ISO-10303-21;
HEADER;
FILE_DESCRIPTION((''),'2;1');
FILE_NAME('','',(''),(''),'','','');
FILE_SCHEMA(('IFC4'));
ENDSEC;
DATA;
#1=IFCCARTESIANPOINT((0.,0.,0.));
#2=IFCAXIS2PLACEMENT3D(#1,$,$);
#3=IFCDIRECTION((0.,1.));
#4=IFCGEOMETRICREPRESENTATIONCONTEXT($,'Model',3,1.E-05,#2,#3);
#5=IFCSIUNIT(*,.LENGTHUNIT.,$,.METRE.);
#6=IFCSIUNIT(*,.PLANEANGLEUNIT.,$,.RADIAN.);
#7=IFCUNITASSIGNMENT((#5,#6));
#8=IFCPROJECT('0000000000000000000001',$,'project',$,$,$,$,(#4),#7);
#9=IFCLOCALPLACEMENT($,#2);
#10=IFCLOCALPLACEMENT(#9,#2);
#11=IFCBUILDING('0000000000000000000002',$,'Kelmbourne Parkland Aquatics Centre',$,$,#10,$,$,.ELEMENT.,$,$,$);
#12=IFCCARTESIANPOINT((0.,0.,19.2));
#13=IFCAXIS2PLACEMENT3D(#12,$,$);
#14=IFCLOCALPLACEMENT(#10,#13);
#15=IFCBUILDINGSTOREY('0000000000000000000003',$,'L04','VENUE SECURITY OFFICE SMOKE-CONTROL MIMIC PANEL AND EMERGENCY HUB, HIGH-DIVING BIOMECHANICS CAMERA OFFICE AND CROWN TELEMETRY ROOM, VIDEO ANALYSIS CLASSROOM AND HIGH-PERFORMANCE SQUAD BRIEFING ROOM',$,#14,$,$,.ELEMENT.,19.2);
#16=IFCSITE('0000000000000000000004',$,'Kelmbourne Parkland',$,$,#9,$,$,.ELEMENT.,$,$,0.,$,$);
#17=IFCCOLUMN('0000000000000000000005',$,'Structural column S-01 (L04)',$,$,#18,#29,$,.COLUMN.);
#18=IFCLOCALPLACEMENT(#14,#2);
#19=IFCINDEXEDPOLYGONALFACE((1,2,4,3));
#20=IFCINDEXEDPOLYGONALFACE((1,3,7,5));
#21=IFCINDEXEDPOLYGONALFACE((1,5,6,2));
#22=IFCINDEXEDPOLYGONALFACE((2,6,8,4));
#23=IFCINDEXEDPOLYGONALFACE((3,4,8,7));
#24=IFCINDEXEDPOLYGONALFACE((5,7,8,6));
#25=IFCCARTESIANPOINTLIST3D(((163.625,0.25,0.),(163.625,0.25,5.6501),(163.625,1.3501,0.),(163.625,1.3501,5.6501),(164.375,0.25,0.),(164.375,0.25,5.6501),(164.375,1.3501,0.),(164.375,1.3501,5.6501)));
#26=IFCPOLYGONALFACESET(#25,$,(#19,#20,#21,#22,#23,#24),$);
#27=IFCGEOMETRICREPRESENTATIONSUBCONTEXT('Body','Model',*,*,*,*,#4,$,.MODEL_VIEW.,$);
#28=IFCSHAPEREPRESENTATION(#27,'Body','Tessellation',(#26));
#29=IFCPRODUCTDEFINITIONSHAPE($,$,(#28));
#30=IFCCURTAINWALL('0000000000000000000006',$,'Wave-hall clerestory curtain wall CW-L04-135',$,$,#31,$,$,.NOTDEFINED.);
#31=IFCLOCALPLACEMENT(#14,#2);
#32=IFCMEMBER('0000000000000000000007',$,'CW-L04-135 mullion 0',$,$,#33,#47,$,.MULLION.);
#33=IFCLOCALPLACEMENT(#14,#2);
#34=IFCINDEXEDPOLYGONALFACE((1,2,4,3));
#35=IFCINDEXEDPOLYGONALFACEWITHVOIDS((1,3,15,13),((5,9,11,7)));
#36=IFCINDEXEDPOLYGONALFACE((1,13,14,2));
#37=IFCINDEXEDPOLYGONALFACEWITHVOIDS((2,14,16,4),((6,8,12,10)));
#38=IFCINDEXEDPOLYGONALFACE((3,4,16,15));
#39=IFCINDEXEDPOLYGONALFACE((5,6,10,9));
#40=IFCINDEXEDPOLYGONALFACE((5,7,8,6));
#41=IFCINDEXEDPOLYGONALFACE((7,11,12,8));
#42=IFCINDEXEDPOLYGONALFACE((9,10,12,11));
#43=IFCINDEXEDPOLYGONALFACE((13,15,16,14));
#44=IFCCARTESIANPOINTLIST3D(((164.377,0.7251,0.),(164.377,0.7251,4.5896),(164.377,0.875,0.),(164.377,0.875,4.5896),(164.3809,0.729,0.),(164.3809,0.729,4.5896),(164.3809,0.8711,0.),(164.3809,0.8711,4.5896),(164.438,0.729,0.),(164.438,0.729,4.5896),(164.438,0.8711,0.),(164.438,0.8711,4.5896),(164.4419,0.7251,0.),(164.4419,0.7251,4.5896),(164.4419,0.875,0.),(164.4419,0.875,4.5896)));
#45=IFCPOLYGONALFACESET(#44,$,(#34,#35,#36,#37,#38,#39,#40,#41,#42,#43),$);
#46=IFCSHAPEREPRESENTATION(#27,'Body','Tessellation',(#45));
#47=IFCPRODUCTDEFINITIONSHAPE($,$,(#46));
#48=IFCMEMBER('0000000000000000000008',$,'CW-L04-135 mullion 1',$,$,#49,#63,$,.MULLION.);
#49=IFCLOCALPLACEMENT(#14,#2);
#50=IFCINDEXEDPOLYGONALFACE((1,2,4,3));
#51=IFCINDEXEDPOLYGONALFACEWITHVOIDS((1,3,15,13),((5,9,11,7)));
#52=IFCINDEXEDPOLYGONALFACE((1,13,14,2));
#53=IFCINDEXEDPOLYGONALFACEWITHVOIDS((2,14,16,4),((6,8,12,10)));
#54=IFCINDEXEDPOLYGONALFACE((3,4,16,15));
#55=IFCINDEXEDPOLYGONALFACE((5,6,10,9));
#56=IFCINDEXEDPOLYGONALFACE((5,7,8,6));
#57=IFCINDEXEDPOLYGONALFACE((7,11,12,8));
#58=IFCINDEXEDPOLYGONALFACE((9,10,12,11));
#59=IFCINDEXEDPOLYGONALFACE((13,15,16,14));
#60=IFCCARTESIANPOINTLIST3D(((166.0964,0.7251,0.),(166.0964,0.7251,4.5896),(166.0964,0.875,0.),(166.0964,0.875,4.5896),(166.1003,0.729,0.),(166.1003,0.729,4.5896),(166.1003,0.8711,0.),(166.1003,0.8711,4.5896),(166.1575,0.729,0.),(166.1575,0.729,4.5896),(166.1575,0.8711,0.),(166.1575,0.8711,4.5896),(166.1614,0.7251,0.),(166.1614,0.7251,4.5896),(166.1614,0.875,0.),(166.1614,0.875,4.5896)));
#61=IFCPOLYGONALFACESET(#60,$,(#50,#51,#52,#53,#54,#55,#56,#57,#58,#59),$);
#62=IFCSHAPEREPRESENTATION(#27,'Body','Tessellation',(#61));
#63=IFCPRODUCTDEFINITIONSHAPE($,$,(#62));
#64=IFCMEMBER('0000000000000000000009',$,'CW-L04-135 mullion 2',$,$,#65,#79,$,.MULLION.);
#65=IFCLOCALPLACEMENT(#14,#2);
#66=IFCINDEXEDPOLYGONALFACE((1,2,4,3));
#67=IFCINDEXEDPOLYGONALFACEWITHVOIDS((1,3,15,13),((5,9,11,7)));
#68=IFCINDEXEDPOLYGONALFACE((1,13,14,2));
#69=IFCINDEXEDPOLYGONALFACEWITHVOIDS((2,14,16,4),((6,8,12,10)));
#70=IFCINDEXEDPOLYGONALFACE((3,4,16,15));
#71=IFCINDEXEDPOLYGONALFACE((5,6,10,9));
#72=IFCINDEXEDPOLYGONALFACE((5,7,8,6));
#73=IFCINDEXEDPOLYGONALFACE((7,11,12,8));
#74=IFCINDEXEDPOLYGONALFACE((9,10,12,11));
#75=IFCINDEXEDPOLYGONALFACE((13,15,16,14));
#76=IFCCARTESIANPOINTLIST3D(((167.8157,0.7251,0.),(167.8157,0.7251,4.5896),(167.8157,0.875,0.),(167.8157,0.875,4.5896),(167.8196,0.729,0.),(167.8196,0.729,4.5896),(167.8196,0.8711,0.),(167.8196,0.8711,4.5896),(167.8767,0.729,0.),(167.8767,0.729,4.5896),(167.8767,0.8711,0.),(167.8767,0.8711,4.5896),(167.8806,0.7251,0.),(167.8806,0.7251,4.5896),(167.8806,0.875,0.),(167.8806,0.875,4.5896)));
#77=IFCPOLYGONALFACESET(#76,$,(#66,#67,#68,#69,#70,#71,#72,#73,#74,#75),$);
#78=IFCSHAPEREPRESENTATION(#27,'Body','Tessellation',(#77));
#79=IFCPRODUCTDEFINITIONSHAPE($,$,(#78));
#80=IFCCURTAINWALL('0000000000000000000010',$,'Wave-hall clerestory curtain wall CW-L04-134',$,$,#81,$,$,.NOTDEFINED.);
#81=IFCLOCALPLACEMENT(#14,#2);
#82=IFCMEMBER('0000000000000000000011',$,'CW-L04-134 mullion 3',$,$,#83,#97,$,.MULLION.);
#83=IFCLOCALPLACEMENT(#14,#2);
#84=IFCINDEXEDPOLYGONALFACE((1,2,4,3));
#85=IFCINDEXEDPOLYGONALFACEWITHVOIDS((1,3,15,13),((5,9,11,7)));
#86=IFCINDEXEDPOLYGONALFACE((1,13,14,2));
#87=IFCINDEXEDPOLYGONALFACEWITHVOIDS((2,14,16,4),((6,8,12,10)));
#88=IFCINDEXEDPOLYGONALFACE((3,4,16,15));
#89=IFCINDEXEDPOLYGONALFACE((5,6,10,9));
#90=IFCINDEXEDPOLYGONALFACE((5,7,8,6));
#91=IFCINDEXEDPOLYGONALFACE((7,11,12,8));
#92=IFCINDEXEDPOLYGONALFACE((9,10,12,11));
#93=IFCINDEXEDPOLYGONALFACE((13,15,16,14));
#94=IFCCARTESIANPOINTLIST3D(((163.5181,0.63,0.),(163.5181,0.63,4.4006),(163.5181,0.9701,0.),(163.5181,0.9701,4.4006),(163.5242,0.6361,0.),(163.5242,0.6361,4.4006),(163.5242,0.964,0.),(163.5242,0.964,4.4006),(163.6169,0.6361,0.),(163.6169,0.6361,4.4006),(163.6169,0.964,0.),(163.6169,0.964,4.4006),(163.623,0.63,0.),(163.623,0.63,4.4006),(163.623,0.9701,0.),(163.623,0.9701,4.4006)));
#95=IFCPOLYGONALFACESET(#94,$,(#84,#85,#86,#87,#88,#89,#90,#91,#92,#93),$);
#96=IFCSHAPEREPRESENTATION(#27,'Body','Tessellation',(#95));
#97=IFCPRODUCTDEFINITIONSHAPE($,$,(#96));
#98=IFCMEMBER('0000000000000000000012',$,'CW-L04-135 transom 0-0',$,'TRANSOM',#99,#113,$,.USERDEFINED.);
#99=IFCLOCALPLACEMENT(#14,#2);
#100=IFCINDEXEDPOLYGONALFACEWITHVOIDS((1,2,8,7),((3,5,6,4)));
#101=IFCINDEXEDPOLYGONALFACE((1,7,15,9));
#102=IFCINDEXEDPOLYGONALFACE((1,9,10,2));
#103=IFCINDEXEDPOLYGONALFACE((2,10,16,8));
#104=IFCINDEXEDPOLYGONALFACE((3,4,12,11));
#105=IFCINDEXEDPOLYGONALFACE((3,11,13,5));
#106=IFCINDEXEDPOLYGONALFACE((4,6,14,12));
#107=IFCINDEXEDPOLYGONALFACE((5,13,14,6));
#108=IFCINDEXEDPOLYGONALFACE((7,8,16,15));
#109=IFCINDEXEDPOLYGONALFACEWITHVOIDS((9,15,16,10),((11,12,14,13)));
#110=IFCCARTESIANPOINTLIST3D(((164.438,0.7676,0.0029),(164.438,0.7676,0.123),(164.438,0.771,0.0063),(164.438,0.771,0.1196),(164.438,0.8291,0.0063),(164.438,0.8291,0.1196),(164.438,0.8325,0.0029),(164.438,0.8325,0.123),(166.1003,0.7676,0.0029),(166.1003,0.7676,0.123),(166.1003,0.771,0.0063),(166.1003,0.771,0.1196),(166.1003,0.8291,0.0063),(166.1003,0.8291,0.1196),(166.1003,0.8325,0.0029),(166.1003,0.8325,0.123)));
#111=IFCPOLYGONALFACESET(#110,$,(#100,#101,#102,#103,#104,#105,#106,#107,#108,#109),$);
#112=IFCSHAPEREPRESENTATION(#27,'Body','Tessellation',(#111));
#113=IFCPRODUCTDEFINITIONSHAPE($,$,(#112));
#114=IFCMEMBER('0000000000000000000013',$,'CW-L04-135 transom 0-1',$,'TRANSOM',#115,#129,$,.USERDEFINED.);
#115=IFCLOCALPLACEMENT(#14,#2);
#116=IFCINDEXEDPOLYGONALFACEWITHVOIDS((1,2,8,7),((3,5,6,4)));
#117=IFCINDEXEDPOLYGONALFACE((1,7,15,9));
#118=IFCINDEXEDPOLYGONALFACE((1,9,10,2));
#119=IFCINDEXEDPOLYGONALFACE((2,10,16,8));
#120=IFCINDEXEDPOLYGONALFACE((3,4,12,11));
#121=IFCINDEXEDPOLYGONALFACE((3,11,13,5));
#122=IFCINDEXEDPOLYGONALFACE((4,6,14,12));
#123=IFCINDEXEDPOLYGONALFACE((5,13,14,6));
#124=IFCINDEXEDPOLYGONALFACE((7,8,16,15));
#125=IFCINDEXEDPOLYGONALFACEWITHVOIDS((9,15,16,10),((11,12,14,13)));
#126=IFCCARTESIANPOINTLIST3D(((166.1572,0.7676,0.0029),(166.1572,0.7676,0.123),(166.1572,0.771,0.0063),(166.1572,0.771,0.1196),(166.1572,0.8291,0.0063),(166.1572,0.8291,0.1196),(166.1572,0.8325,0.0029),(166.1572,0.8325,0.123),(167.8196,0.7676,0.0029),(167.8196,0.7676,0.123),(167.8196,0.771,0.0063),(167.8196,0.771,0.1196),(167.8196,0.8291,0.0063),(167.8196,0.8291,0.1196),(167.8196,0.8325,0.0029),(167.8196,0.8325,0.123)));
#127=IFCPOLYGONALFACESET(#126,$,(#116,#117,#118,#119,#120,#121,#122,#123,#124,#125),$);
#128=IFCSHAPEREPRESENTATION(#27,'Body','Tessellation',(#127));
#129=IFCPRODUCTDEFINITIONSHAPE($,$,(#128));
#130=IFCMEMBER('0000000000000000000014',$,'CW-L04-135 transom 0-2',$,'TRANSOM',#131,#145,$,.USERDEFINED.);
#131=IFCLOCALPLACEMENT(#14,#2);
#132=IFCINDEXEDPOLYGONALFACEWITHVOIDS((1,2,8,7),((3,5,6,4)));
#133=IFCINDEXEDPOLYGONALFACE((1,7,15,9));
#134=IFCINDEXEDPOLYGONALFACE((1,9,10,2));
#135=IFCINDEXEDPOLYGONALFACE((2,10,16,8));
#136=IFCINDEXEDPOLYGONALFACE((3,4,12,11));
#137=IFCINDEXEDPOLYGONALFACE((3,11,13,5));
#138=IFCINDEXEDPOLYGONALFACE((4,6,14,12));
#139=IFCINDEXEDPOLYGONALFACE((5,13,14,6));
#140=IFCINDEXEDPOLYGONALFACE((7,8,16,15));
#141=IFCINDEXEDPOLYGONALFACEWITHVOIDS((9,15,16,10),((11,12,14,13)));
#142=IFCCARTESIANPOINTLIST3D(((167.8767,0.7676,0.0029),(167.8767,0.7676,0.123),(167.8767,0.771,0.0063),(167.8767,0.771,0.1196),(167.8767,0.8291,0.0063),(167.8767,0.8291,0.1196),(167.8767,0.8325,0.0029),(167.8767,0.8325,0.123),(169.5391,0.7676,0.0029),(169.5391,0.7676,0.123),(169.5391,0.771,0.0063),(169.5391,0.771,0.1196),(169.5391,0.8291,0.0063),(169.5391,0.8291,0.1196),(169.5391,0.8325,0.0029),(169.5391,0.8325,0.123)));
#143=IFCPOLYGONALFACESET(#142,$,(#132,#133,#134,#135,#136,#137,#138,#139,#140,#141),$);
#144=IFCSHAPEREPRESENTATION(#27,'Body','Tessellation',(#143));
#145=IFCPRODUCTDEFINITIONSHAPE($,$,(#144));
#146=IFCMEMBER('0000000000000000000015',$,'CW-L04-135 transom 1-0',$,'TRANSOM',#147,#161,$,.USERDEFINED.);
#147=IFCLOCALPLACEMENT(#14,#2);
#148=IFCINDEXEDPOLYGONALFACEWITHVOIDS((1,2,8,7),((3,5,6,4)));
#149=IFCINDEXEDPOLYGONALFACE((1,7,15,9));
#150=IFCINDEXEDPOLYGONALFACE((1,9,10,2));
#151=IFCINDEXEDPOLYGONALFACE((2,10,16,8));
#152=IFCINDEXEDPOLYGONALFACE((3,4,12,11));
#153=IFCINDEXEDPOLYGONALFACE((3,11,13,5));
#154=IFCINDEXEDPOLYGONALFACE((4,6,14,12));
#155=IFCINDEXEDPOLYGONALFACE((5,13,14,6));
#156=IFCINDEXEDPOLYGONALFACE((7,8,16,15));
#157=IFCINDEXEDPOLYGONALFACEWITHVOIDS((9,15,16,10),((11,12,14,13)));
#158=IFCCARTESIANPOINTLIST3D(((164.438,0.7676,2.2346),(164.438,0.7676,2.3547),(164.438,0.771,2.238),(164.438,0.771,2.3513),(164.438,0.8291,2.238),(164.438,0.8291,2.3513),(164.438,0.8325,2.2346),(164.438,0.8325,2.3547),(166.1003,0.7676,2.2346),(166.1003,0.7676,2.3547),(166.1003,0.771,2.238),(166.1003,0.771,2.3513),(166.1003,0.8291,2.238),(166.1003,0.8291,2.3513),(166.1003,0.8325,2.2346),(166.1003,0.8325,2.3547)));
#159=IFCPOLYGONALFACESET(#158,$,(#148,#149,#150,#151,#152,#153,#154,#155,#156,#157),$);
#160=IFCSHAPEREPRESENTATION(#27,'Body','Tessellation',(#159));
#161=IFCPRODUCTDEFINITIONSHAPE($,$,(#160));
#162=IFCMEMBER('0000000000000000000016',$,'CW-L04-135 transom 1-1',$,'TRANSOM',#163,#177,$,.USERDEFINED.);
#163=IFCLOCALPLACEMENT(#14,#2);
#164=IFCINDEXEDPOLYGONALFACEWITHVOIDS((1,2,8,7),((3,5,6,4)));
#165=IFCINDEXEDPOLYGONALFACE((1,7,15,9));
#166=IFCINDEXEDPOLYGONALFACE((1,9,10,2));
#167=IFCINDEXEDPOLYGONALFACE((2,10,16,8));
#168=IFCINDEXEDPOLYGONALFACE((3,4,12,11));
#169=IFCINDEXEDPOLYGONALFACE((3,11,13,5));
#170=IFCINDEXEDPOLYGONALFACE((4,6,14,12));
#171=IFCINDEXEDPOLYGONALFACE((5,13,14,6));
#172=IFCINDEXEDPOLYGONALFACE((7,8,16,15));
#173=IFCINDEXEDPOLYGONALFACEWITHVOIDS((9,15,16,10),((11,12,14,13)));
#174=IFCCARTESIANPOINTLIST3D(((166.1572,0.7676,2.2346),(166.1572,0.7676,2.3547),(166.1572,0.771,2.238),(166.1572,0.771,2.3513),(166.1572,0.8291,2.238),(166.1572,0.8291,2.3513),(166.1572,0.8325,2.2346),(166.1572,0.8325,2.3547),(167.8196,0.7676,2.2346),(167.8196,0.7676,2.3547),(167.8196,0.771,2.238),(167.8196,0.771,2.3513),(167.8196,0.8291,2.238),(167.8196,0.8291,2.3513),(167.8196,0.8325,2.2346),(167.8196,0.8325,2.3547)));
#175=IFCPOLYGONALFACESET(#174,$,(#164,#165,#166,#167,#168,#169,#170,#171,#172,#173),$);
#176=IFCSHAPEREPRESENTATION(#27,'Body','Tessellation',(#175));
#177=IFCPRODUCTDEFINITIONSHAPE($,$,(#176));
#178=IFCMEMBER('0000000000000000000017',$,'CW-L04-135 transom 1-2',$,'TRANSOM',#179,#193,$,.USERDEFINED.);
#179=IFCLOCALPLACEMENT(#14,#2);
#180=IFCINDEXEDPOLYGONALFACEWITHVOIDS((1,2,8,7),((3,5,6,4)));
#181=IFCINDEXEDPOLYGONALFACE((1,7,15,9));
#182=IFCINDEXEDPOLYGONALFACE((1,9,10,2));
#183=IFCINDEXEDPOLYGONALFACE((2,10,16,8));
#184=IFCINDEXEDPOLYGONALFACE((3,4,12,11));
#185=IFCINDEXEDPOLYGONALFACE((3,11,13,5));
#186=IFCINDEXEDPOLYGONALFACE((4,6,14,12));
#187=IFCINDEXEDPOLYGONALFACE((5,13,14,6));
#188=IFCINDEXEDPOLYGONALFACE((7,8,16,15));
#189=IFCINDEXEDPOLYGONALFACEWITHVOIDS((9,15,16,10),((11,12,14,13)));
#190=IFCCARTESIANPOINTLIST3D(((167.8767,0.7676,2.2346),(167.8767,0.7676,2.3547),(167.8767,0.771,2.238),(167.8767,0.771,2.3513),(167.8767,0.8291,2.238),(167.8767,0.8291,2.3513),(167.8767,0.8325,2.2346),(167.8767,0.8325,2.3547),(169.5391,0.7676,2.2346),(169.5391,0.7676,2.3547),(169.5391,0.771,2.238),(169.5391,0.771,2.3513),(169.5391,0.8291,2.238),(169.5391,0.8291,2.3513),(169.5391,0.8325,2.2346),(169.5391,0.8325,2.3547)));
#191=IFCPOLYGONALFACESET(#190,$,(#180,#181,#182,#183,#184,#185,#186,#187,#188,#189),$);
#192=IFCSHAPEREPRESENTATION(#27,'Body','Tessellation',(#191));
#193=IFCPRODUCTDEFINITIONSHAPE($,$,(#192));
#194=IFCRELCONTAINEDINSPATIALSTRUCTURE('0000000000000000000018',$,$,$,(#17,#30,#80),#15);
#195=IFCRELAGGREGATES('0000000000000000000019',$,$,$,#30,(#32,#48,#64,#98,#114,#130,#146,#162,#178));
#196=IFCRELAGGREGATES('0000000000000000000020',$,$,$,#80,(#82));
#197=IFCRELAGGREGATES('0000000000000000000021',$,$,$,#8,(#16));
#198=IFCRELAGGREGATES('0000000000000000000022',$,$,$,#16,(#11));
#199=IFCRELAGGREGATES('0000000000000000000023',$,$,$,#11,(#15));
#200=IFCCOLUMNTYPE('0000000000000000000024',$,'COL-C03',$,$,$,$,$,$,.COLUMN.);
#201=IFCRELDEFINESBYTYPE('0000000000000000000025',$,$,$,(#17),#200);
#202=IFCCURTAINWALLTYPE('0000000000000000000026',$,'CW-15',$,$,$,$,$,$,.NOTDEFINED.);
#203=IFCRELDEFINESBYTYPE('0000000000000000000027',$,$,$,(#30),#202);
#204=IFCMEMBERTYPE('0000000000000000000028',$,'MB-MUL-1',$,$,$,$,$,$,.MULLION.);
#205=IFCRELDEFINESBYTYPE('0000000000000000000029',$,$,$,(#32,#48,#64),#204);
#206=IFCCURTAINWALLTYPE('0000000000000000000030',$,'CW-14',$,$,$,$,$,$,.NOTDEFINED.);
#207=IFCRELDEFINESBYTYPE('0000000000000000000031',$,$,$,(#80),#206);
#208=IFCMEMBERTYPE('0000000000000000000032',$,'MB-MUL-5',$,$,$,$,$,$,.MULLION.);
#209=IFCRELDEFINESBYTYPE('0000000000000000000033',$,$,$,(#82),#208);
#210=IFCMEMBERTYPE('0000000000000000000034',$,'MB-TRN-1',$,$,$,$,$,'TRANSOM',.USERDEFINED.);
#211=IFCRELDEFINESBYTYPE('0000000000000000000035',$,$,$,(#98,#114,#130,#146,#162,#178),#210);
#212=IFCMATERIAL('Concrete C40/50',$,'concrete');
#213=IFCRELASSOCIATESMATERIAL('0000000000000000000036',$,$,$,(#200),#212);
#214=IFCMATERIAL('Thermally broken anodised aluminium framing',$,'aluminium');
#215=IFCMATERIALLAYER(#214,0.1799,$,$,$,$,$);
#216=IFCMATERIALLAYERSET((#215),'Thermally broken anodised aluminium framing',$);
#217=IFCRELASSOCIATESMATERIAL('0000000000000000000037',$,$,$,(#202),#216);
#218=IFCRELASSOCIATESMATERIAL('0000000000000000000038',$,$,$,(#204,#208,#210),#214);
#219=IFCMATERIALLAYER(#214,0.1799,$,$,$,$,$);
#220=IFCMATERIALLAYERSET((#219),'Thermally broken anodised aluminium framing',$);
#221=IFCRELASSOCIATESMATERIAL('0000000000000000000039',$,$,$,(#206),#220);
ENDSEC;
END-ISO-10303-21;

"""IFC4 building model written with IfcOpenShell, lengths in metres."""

from ifc_helpers import new_model, si_unit, direction, frame, origin, origin_2d, place, context, subcontext, project, spatial, rectangle, hollow_rectangle, extrude, material, layer, layer_set, material_profile, profile_set, type_object, element, aggregate, save


model = new_model("IFC4")

# Units and contexts
model_context = context("Model", 3, precision=1e-05, world=origin(), true_north=direction((0.0, 1.0)))
body_context = subcontext(model_context, "Body", "Model", "MODEL_VIEW")
ifc_project = project(units=[si_unit("LENGTHUNIT", "METRE"), si_unit("PLANEANGLEUNIT", "RADIAN")], contexts=[model_context])

# Site, building, storey
site_placement = place(None, origin())
site = spatial("IfcSite", under=ifc_project, at=site_placement, Name="Kelmbourne Parkland", CompositionType="ELEMENT", RefElevation=0.0)
building_placement = place(site_placement, origin())
building = spatial("IfcBuilding", under=site, at=building_placement, Name="Kelmbourne Parkland Aquatics Centre", CompositionType="ELEMENT")
storey_placement = place(building_placement, frame((0.0, 0.0, 19.2)))
storey = spatial("IfcBuildingStorey", under=building, at=storey_placement, Name="L04", Description="VENUE SECURITY OFFICE SMOKE-CONTROL MIMIC PANEL AND EMERGENCY HUB, HIGH-DIVING BIOMECHANICS CAMERA OFFICE AND CROWN TELEMETRY ROOM, VIDEO ANALYSIS CLASSROOM AND HIGH-PERFORMANCE SQUAD BRIEFING ROOM", CompositionType="ELEMENT", Elevation=19.2)

# Column
ifc_material_1 = material(Name="Concrete C40/50", Category="concrete")
ifc_material_profile_1 = material_profile(ifc_material_1, rectangle(XDim=0.75, YDim=1.1001, at=origin_2d()), Name="RC 750x1100")
ifc_profile_set_1 = profile_set([ifc_material_profile_1], Name="Concrete C40/50")
column_type = type_object("IfcColumnType", Name="COL-C03", PredefinedType="COLUMN", material=ifc_profile_set_1)
column_placement = place(storey_placement, frame((164.0, 0.8, 0.0), z_axis=(0.0, 0.0, 1.0), x_axis=(1.0, 0.0, 0.0)))
element("IfcColumn", 1, at=column_placement, inside=storey, type_object=column_type, Name="Structural column S-01 (L04)", PredefinedType="COLUMN", context=body_context, shape_type="SweptSolid", body=[
    extrude(rectangle(XDim=0.75, YDim=1.1001, at=origin_2d()), origin(), (0.0, 0.0, 1.0), 5.6501),
])

# Curtain wall, members
ifc_material_2 = material(Name="Thermally broken anodised aluminium framing", Category="aluminium")
ifc_layer_1 = layer(ifc_material_2, 0.1799)
ifc_layer_set_1 = layer_set([ifc_layer_1], Name="Thermally broken anodised aluminium framing")
curtain_wall_type_1 = type_object("IfcCurtainWallType", Name="CW-15", PredefinedType="NOTDEFINED", material=ifc_layer_set_1)
curtain_wall_1_placement = place(storey_placement, origin())
curtain_wall_1 = element("IfcCurtainWall", 2, at=curtain_wall_1_placement, inside=storey, type_object=curtain_wall_type_1, Name="Wave-hall clerestory curtain wall CW-L04-135", PredefinedType="NOTDEFINED")
ifc_material_profile_2 = material_profile(ifc_material_2, hollow_rectangle(XDim=0.0649, YDim=0.1499, WallThickness=0.0039, at=origin_2d()), Name="CW-M 65x150")
ifc_profile_set_2 = profile_set([ifc_material_profile_2], Name="Thermally broken anodised aluminium framing")
member_type_1 = type_object("IfcMemberType", Name="MB-MUL-1", PredefinedType="MULLION", material=ifc_profile_set_2)
member_1_placement = place(storey_placement, frame((164.4094, 0.8, 0.0), z_axis=(0.0, 0.0, 1.0), x_axis=(1.0, 0.0, 0.0)))
member_1 = element("IfcMember", 3, at=member_1_placement, type_object=member_type_1, Name="CW-L04-135 mullion 0", PredefinedType="MULLION", context=body_context, shape_type="SweptSolid", body=[
    extrude(hollow_rectangle(XDim=0.0649, YDim=0.1499, WallThickness=0.0039, at=origin_2d()), origin(), (0.0, 0.0, 1.0), 4.5896),
])
member_2_placement = place(storey_placement, frame((166.1289, 0.8, 0.0), z_axis=(0.0, 0.0, 1.0), x_axis=(1.0, 0.0, 0.0)))
member_2 = element("IfcMember", 4, at=member_2_placement, type_object=member_type_1, Name="CW-L04-135 mullion 1", PredefinedType="MULLION", context=body_context, shape_type="SweptSolid", body=[
    extrude(hollow_rectangle(XDim=0.0649, YDim=0.1499, WallThickness=0.0039, at=origin_2d()), origin(), (0.0, 0.0, 1.0), 4.5896),
])
member_3_placement = place(storey_placement, frame((167.8481, 0.8, 0.0), z_axis=(0.0, 0.0, 1.0), x_axis=(1.0, 0.0, 0.0)))
member_3 = element("IfcMember", 5, at=member_3_placement, type_object=member_type_1, Name="CW-L04-135 mullion 2", PredefinedType="MULLION", context=body_context, shape_type="SweptSolid", body=[
    extrude(hollow_rectangle(XDim=0.0649, YDim=0.1499, WallThickness=0.0039, at=origin_2d()), origin(), (0.0, 0.0, 1.0), 4.5896),
])

# Curtain wall, member
ifc_layer_2 = layer(ifc_material_2, 0.1799)
ifc_layer_set_2 = layer_set([ifc_layer_2], Name="Thermally broken anodised aluminium framing")
curtain_wall_type_2 = type_object("IfcCurtainWallType", Name="CW-14", PredefinedType="NOTDEFINED", material=ifc_layer_set_2)
curtain_wall_2_placement = place(storey_placement, origin())
curtain_wall_2 = element("IfcCurtainWall", 6, at=curtain_wall_2_placement, inside=storey, type_object=curtain_wall_type_2, Name="Wave-hall clerestory curtain wall CW-L04-134", PredefinedType="NOTDEFINED")
ifc_material_profile_3 = material_profile(ifc_material_2, hollow_rectangle(XDim=0.105, YDim=0.3401, WallThickness=0.0061, at=origin_2d()), Name="CW-M 105x340")
ifc_profile_set_3 = profile_set([ifc_material_profile_3], Name="Thermally broken anodised aluminium framing")
member_type_2 = type_object("IfcMemberType", Name="MB-MUL-5", PredefinedType="MULLION", material=ifc_profile_set_3)
member_4_placement = place(storey_placement, frame((163.5706, 0.8, 0.0), z_axis=(0.0, 0.0, 1.0), x_axis=(1.0, 0.0, 0.0)))
member_4 = element("IfcMember", 7, at=member_4_placement, type_object=member_type_2, Name="CW-L04-134 mullion 3", PredefinedType="MULLION", context=body_context, shape_type="SweptSolid", body=[
    extrude(hollow_rectangle(XDim=0.105, YDim=0.3401, WallThickness=0.0061, at=origin_2d()), origin(), (0.0, 0.0, 1.0), 4.4006),
])

# Members
ifc_material_profile_4 = material_profile(ifc_material_2, hollow_rectangle(XDim=0.0649, YDim=0.1201, WallThickness=0.0034, at=origin_2d()), Name="CW-T 65x120")
ifc_profile_set_4 = profile_set([ifc_material_profile_4], Name="Thermally broken anodised aluminium framing")
member_type_3 = type_object("IfcMemberType", Name="MB-TRN-1", ElementType="TRANSOM", PredefinedType="USERDEFINED", material=ifc_profile_set_4)
member_5_placement = place(storey_placement, frame((164.438, 0.8, 0.063), z_axis=(1.0, 0.0, 0.0), x_axis=(0.0, 1.0, 0.0)))
member_5 = element("IfcMember", 8, at=member_5_placement, type_object=member_type_3, Name="CW-L04-135 transom 0-0", ObjectType="TRANSOM", PredefinedType="USERDEFINED", context=body_context, shape_type="SweptSolid", body=[
    extrude(hollow_rectangle(XDim=0.0649, YDim=0.1201, WallThickness=0.0034, at=origin_2d()), origin(), (0.0, 0.0, 1.0), 1.6624),
])
member_6_placement = place(storey_placement, frame((166.1572, 0.8, 0.063), z_axis=(1.0, 0.0, 0.0), x_axis=(0.0, 1.0, 0.0)))
member_6 = element("IfcMember", 9, at=member_6_placement, type_object=member_type_3, Name="CW-L04-135 transom 0-1", ObjectType="TRANSOM", PredefinedType="USERDEFINED", context=body_context, shape_type="SweptSolid", body=[
    extrude(hollow_rectangle(XDim=0.0649, YDim=0.1201, WallThickness=0.0034, at=origin_2d()), origin(), (0.0, 0.0, 1.0), 1.6624),
])
member_7_placement = place(storey_placement, frame((167.8767, 0.8, 0.063), z_axis=(1.0, 0.0, 0.0), x_axis=(0.0, 1.0, 0.0)))
member_7 = element("IfcMember", 10, at=member_7_placement, type_object=member_type_3, Name="CW-L04-135 transom 0-2", ObjectType="TRANSOM", PredefinedType="USERDEFINED", context=body_context, shape_type="SweptSolid", body=[
    extrude(hollow_rectangle(XDim=0.0649, YDim=0.1201, WallThickness=0.0034, at=origin_2d()), origin(), (0.0, 0.0, 1.0), 1.6624),
])
member_8_placement = place(storey_placement, frame((164.438, 0.8, 2.2947), z_axis=(1.0, 0.0, 0.0), x_axis=(0.0, 1.0, 0.0)))
member_8 = element("IfcMember", 11, at=member_8_placement, type_object=member_type_3, Name="CW-L04-135 transom 1-0", ObjectType="TRANSOM", PredefinedType="USERDEFINED", context=body_context, shape_type="SweptSolid", body=[
    extrude(hollow_rectangle(XDim=0.0649, YDim=0.1201, WallThickness=0.0034, at=origin_2d()), origin(), (0.0, 0.0, 1.0), 1.6624),
])
member_9_placement = place(storey_placement, frame((166.1572, 0.8, 2.2947), z_axis=(1.0, 0.0, 0.0), x_axis=(0.0, 1.0, 0.0)))
member_9 = element("IfcMember", 12, at=member_9_placement, type_object=member_type_3, Name="CW-L04-135 transom 1-1", ObjectType="TRANSOM", PredefinedType="USERDEFINED", context=body_context, shape_type="SweptSolid", body=[
    extrude(hollow_rectangle(XDim=0.0649, YDim=0.1201, WallThickness=0.0034, at=origin_2d()), origin(), (0.0, 0.0, 1.0), 1.6624),
])
member_10_placement = place(storey_placement, frame((167.8767, 0.8, 2.2947), z_axis=(1.0, 0.0, 0.0), x_axis=(0.0, 1.0, 0.0)))
member_10 = element("IfcMember", 13, at=member_10_placement, type_object=member_type_3, Name="CW-L04-135 transom 1-2", ObjectType="TRANSOM", PredefinedType="USERDEFINED", context=body_context, shape_type="SweptSolid", body=[
    extrude(hollow_rectangle(XDim=0.0649, YDim=0.1201, WallThickness=0.0034, at=origin_2d()), origin(), (0.0, 0.0, 1.0), 1.6624),
])

aggregate(curtain_wall_1, [member_1, member_2, member_3, member_5, member_6, member_7, member_8, member_9, member_10])
aggregate(curtain_wall_2, [member_4])

save(model, "model.ifc")
